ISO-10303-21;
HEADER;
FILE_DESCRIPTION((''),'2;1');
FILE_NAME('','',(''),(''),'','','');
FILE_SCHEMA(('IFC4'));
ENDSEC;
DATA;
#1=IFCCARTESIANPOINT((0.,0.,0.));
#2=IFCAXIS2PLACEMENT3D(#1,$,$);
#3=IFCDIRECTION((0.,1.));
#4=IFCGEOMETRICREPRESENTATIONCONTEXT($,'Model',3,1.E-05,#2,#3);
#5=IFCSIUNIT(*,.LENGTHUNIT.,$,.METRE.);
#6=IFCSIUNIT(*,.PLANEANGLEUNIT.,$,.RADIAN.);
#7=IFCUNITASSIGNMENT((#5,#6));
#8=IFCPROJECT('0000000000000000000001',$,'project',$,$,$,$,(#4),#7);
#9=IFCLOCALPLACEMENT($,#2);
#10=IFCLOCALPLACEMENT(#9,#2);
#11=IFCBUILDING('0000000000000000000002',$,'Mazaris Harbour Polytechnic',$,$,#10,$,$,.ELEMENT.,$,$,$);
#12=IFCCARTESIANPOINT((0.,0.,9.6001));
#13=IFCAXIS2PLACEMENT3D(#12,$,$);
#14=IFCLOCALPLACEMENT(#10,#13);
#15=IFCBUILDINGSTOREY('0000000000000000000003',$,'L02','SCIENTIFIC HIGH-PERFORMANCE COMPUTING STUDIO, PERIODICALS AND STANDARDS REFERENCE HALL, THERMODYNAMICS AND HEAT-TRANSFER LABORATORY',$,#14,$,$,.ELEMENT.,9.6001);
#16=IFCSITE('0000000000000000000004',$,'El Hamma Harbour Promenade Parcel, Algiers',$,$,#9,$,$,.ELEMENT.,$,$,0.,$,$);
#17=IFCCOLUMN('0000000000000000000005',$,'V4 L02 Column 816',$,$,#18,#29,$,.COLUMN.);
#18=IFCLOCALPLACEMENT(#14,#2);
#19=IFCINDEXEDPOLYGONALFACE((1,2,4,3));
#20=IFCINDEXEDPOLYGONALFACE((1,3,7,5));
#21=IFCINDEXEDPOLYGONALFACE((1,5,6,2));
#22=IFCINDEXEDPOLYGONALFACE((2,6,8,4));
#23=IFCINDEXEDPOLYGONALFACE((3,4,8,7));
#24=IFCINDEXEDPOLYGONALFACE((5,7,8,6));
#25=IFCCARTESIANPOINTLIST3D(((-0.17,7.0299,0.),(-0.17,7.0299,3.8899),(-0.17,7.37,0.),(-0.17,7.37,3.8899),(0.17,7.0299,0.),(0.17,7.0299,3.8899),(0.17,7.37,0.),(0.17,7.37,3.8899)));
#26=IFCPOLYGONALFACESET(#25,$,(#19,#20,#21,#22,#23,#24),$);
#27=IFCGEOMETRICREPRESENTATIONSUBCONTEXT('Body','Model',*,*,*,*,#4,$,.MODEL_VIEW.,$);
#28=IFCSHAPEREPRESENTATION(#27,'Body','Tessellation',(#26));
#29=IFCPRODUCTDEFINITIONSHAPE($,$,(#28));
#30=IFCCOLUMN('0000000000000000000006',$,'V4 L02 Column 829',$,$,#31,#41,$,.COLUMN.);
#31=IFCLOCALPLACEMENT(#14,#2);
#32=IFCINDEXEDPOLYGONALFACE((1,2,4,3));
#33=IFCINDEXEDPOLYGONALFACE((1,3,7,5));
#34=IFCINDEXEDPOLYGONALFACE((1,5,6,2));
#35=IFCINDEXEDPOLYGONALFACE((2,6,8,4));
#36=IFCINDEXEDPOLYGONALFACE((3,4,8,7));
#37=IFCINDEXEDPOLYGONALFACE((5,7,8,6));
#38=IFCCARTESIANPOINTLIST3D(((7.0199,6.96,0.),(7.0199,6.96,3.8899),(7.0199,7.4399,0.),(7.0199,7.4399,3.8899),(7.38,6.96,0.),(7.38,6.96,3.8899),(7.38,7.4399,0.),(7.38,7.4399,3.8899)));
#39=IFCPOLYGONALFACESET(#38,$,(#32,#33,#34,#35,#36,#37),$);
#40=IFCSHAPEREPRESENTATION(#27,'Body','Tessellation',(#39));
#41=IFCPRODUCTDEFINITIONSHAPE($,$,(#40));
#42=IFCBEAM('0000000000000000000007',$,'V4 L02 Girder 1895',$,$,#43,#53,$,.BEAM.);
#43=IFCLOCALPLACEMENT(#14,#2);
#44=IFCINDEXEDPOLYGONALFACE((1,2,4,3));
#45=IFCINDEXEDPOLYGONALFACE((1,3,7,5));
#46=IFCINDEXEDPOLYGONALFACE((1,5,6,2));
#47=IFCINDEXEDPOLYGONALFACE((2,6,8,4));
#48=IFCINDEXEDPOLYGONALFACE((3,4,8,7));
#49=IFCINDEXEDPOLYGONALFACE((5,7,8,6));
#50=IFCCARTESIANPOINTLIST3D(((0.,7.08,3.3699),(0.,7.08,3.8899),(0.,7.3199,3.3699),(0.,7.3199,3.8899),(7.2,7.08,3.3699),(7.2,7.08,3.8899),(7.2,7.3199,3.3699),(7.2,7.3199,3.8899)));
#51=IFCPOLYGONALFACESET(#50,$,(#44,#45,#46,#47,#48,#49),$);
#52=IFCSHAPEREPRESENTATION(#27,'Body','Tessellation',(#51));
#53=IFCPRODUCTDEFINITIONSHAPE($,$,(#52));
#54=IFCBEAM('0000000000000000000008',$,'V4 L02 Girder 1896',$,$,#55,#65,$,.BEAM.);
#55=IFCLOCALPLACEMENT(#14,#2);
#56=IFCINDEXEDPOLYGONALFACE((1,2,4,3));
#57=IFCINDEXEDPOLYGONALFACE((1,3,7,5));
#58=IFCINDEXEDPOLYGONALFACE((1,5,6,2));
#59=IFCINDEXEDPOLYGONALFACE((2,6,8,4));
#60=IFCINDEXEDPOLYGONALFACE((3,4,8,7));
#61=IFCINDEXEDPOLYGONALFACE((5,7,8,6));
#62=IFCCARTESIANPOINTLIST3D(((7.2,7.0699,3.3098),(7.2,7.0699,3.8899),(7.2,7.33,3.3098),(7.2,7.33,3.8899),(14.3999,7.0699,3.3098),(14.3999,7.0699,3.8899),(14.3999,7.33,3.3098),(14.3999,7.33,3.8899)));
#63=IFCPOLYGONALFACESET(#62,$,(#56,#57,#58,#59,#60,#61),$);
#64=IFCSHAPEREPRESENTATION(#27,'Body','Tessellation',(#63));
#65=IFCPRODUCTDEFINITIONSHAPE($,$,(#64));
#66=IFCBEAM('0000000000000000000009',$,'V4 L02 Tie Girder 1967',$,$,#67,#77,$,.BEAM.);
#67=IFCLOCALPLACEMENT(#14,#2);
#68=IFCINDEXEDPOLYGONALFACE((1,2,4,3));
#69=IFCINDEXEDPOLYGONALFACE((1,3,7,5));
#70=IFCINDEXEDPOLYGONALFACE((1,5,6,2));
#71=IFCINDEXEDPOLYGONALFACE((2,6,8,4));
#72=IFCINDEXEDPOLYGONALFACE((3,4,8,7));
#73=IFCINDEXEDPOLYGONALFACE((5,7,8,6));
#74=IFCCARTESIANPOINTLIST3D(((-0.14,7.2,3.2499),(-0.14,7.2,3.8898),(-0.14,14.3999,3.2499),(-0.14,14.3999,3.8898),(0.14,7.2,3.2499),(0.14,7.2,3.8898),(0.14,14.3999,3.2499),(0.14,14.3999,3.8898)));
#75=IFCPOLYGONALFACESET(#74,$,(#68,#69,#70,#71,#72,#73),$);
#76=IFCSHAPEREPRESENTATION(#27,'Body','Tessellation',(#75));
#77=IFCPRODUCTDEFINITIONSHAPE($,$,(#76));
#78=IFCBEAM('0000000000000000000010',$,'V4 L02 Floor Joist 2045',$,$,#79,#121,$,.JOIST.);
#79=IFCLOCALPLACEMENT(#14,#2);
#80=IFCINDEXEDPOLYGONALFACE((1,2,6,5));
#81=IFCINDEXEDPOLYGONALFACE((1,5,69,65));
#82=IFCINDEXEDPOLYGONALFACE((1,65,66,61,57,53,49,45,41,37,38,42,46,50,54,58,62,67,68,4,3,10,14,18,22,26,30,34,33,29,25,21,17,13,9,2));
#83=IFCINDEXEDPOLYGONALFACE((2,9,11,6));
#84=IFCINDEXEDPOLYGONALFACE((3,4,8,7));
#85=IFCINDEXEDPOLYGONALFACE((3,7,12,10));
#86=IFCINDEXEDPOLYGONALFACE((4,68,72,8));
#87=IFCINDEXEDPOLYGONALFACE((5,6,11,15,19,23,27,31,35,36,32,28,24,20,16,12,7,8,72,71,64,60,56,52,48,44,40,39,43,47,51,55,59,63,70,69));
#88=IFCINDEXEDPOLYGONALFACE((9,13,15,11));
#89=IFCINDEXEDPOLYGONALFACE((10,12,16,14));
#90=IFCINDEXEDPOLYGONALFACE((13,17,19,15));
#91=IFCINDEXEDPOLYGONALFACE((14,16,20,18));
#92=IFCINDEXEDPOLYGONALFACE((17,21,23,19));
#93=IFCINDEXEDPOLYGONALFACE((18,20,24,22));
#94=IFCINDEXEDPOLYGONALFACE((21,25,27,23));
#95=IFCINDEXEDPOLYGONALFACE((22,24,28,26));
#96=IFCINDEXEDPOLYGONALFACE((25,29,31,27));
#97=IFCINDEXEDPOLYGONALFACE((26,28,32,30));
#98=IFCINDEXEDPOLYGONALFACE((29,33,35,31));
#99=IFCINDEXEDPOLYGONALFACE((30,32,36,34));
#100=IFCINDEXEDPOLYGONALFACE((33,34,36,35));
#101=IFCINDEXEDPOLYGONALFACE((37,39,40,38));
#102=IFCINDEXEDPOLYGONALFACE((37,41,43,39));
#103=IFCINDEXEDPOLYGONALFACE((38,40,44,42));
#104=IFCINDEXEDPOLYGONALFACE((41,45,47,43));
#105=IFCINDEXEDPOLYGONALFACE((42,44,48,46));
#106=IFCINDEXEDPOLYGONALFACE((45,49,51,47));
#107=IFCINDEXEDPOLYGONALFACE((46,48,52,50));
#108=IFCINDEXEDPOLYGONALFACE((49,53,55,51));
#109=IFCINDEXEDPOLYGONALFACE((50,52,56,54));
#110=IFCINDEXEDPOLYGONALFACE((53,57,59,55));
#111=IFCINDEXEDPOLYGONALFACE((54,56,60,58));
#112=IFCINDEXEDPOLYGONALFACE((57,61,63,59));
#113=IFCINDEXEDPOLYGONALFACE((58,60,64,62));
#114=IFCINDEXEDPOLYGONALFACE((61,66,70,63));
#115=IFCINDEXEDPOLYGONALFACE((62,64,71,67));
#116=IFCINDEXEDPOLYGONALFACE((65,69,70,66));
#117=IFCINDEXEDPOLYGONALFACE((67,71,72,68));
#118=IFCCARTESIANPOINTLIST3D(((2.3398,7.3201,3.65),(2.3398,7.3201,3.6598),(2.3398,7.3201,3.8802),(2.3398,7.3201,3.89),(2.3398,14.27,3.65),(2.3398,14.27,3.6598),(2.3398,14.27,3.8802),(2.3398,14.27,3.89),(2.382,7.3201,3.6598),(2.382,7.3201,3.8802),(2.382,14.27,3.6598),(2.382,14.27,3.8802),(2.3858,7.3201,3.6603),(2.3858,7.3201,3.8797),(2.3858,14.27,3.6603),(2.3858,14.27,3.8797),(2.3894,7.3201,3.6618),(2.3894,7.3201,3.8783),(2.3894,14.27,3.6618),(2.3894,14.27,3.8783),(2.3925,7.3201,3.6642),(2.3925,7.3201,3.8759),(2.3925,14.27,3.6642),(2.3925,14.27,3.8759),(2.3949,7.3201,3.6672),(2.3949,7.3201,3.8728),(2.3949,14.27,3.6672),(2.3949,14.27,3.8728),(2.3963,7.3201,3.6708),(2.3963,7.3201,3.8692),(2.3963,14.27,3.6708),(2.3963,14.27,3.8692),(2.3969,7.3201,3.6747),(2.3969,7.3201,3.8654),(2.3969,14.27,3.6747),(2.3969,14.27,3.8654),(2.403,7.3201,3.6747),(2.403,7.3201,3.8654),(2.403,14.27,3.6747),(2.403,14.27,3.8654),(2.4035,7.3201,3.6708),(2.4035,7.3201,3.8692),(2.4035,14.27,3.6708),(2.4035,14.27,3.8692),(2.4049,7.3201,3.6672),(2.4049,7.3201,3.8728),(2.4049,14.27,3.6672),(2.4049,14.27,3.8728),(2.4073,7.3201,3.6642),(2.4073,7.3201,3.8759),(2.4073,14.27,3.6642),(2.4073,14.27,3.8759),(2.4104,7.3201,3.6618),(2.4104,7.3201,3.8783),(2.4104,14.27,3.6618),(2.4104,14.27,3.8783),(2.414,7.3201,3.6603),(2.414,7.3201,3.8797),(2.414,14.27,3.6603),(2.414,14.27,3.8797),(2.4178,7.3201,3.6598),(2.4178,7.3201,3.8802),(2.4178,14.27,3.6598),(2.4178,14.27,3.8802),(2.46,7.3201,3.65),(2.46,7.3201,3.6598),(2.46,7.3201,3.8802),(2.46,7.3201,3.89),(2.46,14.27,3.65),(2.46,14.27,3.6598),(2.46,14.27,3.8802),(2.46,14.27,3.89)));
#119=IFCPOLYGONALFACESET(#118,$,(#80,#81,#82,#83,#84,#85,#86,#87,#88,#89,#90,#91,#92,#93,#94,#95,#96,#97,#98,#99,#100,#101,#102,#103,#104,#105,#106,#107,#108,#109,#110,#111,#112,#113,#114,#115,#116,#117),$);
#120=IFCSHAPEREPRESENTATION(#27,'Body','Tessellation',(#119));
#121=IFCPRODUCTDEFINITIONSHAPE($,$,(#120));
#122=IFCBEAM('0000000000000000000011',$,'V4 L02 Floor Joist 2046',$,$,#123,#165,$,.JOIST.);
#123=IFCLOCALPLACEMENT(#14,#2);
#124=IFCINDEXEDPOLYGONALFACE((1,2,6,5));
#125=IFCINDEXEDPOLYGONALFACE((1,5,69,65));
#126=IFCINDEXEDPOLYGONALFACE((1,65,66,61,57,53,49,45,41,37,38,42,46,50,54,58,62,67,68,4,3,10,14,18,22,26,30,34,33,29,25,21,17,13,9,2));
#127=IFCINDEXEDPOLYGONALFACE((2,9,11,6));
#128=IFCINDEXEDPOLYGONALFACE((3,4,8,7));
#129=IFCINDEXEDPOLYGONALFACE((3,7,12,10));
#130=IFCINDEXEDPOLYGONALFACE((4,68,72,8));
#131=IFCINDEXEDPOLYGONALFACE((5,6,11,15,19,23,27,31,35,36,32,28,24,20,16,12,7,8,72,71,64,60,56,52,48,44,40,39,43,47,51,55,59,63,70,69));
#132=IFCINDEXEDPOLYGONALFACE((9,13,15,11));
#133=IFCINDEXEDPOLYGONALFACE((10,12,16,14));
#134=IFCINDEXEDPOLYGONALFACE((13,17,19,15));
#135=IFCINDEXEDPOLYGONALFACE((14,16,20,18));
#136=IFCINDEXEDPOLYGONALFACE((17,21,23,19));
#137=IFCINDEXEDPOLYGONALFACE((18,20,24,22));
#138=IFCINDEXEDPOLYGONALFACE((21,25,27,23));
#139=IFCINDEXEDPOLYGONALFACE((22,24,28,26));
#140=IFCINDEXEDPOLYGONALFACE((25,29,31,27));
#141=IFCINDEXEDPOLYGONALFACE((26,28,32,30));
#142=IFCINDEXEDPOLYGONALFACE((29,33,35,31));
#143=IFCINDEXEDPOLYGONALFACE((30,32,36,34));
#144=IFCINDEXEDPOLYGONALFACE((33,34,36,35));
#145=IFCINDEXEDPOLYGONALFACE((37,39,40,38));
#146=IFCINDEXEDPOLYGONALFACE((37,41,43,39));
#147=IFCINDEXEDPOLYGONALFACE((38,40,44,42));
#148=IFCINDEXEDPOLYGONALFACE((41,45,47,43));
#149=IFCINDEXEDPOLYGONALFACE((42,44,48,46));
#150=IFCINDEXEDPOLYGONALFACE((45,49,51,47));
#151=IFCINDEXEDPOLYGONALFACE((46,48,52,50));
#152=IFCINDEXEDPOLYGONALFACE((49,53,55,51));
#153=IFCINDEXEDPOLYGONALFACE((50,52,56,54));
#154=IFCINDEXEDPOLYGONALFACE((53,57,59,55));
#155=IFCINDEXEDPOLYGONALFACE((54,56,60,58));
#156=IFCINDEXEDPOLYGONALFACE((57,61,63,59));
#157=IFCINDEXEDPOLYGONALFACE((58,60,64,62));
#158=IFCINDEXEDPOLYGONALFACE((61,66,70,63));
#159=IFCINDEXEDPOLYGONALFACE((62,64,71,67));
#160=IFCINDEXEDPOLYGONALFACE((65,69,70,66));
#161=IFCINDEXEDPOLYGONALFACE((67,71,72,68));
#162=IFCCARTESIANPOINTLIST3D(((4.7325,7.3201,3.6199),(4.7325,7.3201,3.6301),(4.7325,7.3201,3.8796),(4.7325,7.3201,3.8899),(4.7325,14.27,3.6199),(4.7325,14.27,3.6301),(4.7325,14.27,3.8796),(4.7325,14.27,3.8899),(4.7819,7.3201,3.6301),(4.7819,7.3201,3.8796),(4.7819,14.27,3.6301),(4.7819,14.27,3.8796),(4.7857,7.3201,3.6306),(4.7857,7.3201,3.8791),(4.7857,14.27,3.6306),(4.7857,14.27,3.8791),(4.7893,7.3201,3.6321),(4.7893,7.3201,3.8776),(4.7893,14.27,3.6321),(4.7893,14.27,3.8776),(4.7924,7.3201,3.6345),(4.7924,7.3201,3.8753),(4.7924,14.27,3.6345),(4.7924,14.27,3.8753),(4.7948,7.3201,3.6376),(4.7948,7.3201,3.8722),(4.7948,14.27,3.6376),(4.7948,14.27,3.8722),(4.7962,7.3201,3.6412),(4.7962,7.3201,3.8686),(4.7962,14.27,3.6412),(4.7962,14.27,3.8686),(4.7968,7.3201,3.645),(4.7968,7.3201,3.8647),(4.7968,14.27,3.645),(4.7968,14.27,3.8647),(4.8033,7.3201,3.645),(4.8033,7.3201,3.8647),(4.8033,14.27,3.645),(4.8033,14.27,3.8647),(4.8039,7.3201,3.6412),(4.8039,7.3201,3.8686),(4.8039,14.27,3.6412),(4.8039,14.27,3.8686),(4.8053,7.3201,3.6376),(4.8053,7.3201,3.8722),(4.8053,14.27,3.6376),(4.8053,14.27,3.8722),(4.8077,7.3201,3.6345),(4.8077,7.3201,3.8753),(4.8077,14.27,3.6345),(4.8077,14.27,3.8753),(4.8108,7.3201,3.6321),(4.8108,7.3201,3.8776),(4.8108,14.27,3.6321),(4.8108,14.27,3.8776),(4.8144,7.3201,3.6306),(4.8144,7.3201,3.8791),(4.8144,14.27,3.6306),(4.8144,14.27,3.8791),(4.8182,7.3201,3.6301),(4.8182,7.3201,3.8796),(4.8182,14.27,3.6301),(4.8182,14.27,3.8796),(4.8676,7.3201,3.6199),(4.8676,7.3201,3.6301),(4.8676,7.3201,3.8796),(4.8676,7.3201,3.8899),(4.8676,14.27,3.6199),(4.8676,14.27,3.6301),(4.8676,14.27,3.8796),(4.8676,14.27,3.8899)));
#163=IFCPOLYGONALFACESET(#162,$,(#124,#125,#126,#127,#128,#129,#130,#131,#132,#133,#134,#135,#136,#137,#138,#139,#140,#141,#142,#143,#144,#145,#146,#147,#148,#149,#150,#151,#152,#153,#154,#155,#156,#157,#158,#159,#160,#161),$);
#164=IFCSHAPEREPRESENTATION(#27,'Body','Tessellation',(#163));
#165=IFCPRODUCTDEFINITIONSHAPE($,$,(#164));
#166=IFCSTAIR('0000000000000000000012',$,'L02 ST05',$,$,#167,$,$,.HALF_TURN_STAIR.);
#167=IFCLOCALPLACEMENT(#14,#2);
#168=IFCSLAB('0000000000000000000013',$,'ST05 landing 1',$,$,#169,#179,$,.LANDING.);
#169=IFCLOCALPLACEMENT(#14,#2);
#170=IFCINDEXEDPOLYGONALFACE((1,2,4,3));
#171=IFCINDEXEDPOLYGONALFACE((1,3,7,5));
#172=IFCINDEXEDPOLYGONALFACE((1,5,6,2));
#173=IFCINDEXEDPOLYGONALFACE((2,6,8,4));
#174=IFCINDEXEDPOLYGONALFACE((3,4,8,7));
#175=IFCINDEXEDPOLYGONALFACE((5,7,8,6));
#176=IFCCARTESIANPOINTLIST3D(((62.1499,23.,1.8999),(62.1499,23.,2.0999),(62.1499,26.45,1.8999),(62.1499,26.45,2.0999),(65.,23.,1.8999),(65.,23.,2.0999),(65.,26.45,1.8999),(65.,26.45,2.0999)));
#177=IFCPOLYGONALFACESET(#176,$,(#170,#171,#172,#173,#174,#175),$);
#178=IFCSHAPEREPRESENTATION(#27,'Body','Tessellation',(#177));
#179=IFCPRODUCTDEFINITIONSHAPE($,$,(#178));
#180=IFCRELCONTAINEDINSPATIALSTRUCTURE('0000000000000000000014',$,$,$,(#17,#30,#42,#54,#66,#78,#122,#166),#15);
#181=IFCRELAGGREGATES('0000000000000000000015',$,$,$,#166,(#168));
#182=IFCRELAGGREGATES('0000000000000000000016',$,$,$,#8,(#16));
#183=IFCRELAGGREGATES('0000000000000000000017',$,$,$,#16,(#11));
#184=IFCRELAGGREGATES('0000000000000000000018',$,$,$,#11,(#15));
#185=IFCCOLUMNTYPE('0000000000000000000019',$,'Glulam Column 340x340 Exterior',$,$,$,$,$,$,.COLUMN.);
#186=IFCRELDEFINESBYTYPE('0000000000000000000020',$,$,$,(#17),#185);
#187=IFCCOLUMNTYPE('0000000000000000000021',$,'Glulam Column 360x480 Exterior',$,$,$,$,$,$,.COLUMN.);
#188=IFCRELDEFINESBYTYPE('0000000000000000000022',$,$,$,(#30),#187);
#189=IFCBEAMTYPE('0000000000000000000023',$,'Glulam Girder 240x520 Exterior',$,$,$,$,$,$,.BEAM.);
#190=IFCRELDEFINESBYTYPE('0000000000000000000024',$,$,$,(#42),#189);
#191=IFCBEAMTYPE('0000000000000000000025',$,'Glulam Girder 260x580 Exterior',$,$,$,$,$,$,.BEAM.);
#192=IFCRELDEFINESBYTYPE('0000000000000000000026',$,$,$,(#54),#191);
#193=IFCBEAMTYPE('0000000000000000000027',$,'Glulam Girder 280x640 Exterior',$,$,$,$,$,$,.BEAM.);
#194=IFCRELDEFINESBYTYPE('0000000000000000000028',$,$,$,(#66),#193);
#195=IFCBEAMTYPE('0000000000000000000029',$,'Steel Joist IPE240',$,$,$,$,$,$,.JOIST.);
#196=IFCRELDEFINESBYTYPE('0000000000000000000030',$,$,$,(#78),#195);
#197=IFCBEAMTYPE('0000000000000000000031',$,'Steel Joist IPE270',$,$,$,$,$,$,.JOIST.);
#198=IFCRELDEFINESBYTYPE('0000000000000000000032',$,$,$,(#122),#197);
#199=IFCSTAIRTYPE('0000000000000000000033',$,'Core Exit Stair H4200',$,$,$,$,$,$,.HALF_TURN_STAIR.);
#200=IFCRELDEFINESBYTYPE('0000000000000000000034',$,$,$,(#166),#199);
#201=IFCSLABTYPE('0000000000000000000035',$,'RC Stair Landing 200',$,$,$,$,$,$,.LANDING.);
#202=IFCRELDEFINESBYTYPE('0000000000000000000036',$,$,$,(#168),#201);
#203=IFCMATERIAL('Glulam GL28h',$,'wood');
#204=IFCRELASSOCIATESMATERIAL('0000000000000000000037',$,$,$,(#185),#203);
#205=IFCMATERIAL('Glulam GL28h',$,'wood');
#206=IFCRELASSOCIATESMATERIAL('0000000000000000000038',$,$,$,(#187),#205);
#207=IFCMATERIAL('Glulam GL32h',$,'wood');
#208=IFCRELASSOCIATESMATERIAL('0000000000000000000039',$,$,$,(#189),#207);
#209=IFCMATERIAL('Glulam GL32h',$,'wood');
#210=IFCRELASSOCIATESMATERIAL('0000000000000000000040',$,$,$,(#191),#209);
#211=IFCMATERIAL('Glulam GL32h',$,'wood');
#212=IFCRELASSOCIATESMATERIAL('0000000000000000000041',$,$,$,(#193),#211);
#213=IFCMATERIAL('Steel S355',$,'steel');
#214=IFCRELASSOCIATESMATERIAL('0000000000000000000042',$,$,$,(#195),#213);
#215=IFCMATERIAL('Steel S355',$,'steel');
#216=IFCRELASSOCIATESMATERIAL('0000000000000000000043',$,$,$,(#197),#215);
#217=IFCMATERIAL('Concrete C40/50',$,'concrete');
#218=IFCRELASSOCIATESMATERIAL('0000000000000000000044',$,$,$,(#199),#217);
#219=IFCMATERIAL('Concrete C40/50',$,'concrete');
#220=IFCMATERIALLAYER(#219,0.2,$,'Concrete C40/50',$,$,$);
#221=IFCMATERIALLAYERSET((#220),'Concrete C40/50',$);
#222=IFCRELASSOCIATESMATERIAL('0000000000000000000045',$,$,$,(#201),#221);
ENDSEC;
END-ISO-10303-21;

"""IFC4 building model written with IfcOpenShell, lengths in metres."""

from ifc_helpers import new_model, si_unit, direction, frame, origin, origin_2d, place, context, subcontext, project, spatial, polyline, rectangle, i_section, outline, extrude, material, layer, layer_set, material_profile, profile_set, type_object, element, aggregate, save


model = new_model("IFC4")

# Units and contexts
model_context = context("Model", 3, precision=1e-05, world=origin(), true_north=direction((0.0, 1.0)))
body_context = subcontext(model_context, "Body", "Model", "MODEL_VIEW")
ifc_project = project(units=[si_unit("LENGTHUNIT", "METRE"), si_unit("PLANEANGLEUNIT", "RADIAN")], contexts=[model_context])

# Site, building, storey
site_placement = place(None, origin())
site = spatial("IfcSite", under=ifc_project, at=site_placement, Name="El Hamma Harbour Promenade Parcel, Algiers", CompositionType="ELEMENT", RefElevation=0.0)
building_placement = place(site_placement, origin())
building = spatial("IfcBuilding", under=site, at=building_placement, Name="Mazaris Harbour Polytechnic", CompositionType="ELEMENT")
storey_placement = place(building_placement, frame((0.0, 0.0, 9.6001)))
storey = spatial("IfcBuildingStorey", under=building, at=storey_placement, Name="L02", Description="SCIENTIFIC HIGH-PERFORMANCE COMPUTING STUDIO, PERIODICALS AND STANDARDS REFERENCE HALL, THERMODYNAMICS AND HEAT-TRANSFER LABORATORY", CompositionType="ELEMENT", Elevation=9.6001)

# Columns
ifc_material_1 = material(Name="Glulam GL28h", Category="wood")
ifc_material_profile_1 = material_profile(ifc_material_1, rectangle(XDim=0.3401, YDim=0.3401, at=origin_2d()), Name="RECT340x340")
ifc_profile_set_1 = profile_set([ifc_material_profile_1], Name="Glulam GL28h")
column_type_1 = type_object("IfcColumnType", Name="Glulam Column 340x340 Exterior", PredefinedType="COLUMN", material=ifc_profile_set_1)
column_1_placement = place(storey_placement, frame((0.0, 7.2, 0.0), z_axis=(0.0, 0.0, 1.0), x_axis=(1.0, 0.0, 0.0)))
element("IfcColumn", 1, at=column_1_placement, inside=storey, type_object=column_type_1, Name="V4 L02 Column 816", PredefinedType="COLUMN", context=body_context, shape_type="SweptSolid", body=[
    extrude(rectangle(XDim=0.3401, YDim=0.3401, at=origin_2d()), origin(), (0.0, 0.0, 1.0), 3.8899),
])
ifc_material_2 = material(Name="Glulam GL28h", Category="wood")
ifc_material_profile_2 = material_profile(ifc_material_2, rectangle(XDim=0.3601, YDim=0.48, at=origin_2d()), Name="RECT360x480")
ifc_profile_set_2 = profile_set([ifc_material_profile_2], Name="Glulam GL28h")
column_type_2 = type_object("IfcColumnType", Name="Glulam Column 360x480 Exterior", PredefinedType="COLUMN", material=ifc_profile_set_2)
column_2_placement = place(storey_placement, frame((7.2, 7.2, 0.0), z_axis=(0.0, 0.0, 1.0), x_axis=(1.0, 0.0, 0.0)))
element("IfcColumn", 2, at=column_2_placement, inside=storey, type_object=column_type_2, Name="V4 L02 Column 829", PredefinedType="COLUMN", context=body_context, shape_type="SweptSolid", body=[
    extrude(rectangle(XDim=0.3601, YDim=0.48, at=origin_2d()), origin(), (0.0, 0.0, 1.0), 3.8899),
])

# Beams
ifc_material_3 = material(Name="Glulam GL32h", Category="wood")
ifc_material_profile_3 = material_profile(ifc_material_3, rectangle(XDim=0.24, YDim=0.52, at=origin_2d()), Name="RECT240x520")
ifc_profile_set_3 = profile_set([ifc_material_profile_3], Name="Glulam GL32h")
beam_type_1 = type_object("IfcBeamType", Name="Glulam Girder 240x520 Exterior", PredefinedType="BEAM", material=ifc_profile_set_3)
beam_1_placement = place(storey_placement, frame((0.0, 7.2, 3.6299), z_axis=(1.0, 0.0, 0.0), x_axis=(0.0, 1.0, 0.0)))
element("IfcBeam", 3, at=beam_1_placement, inside=storey, type_object=beam_type_1, Name="V4 L02 Girder 1895", PredefinedType="BEAM", context=body_context, shape_type="SweptSolid", body=[
    extrude(rectangle(XDim=0.24, YDim=0.52, at=origin_2d()), origin(), (0.0, 0.0, 1.0), 7.2),
])
ifc_material_4 = material(Name="Glulam GL32h", Category="wood")
ifc_material_profile_4 = material_profile(ifc_material_4, rectangle(XDim=0.26, YDim=0.5801, at=origin_2d()), Name="RECT260x580")
ifc_profile_set_4 = profile_set([ifc_material_profile_4], Name="Glulam GL32h")
beam_type_2 = type_object("IfcBeamType", Name="Glulam Girder 260x580 Exterior", PredefinedType="BEAM", material=ifc_profile_set_4)
beam_2_placement = place(storey_placement, frame((7.2, 7.2, 3.5999), z_axis=(1.0, 0.0, 0.0), x_axis=(0.0, 1.0, 0.0)))
element("IfcBeam", 4, at=beam_2_placement, inside=storey, type_object=beam_type_2, Name="V4 L02 Girder 1896", PredefinedType="BEAM", context=body_context, shape_type="SweptSolid", body=[
    extrude(rectangle(XDim=0.26, YDim=0.5801, at=origin_2d()), origin(), (0.0, 0.0, 1.0), 7.2),
])
ifc_material_5 = material(Name="Glulam GL32h", Category="wood")
ifc_material_profile_5 = material_profile(ifc_material_5, rectangle(XDim=0.28, YDim=0.6399, at=origin_2d()), Name="RECT280x640")
ifc_profile_set_5 = profile_set([ifc_material_profile_5], Name="Glulam GL32h")
beam_type_3 = type_object("IfcBeamType", Name="Glulam Girder 280x640 Exterior", PredefinedType="BEAM", material=ifc_profile_set_5)
beam_3_placement = place(storey_placement, frame((0.0, 7.2, 3.5698), z_axis=(0.0, 1.0, 0.0), x_axis=(-1.0, 0.0, 0.0)))
element("IfcBeam", 5, at=beam_3_placement, inside=storey, type_object=beam_type_3, Name="V4 L02 Tie Girder 1967", PredefinedType="BEAM", context=body_context, shape_type="SweptSolid", body=[
    extrude(rectangle(XDim=0.28, YDim=0.6399, at=origin_2d()), origin(), (0.0, 0.0, 1.0), 7.2),
])
ifc_material_6 = material(Name="Steel S355", Category="steel")
ifc_material_profile_6 = material_profile(ifc_material_6, i_section(OverallWidth=0.1201, OverallDepth=0.24, WebThickness=0.0061, FlangeThickness=0.0098, FilletRadius=0.0149, at=origin_2d()), Name="IPE 240")
ifc_profile_set_6 = profile_set([ifc_material_profile_6], Name="Steel S355")
beam_type_4 = type_object("IfcBeamType", Name="Steel Joist IPE240", PredefinedType="JOIST", material=ifc_profile_set_6)
beam_4_placement = place(storey_placement, frame((2.3999, 7.3201, 3.77), z_axis=(0.0, 1.0, 0.0), x_axis=(-1.0, 0.0, 0.0)))
element("IfcBeam", 6, at=beam_4_placement, inside=storey, type_object=beam_type_4, Name="V4 L02 Floor Joist 2045", PredefinedType="JOIST", context=body_context, shape_type="SweptSolid", body=[
    extrude(i_section(OverallWidth=0.1201, OverallDepth=0.24, WebThickness=0.0061, FlangeThickness=0.0098, FilletRadius=0.0149, at=origin_2d()), origin(), (0.0, 0.0, 1.0), 6.95),
])
ifc_material_7 = material(Name="Steel S355", Category="steel")
ifc_material_profile_7 = material_profile(ifc_material_7, i_section(OverallWidth=0.135, OverallDepth=0.27, WebThickness=0.0066, FlangeThickness=0.0103, FilletRadius=0.0149, at=origin_2d()), Name="IPE 270")
ifc_profile_set_7 = profile_set([ifc_material_profile_7], Name="Steel S355")
beam_type_5 = type_object("IfcBeamType", Name="Steel Joist IPE270", PredefinedType="JOIST", material=ifc_profile_set_7)
beam_5_placement = place(storey_placement, frame((4.8, 7.3201, 3.7549), z_axis=(0.0, 1.0, 0.0), x_axis=(-1.0, 0.0, 0.0)))
element("IfcBeam", 7, at=beam_5_placement, inside=storey, type_object=beam_type_5, Name="V4 L02 Floor Joist 2046", PredefinedType="JOIST", context=body_context, shape_type="SweptSolid", body=[
    extrude(i_section(OverallWidth=0.135, OverallDepth=0.27, WebThickness=0.0066, FlangeThickness=0.0103, FilletRadius=0.0149, at=origin_2d()), origin(), (0.0, 0.0, 1.0), 6.95),
])

# Stair, slab
ifc_material_8 = material(Name="Concrete C40/50", Category="concrete")
stair_type = type_object("IfcStairType", Name="Core Exit Stair H4200", PredefinedType="HALF_TURN_STAIR", material=ifc_material_8)
stair_1_placement = place(storey_placement, origin())
stair_1 = element("IfcStair", 8, at=stair_1_placement, inside=storey, type_object=stair_type, Name="L02 ST05", PredefinedType="HALF_TURN_STAIR")
ifc_material_9 = material(Name="Concrete C40/50", Category="concrete")
ifc_layer_1 = layer(ifc_material_9, 0.2, Name="Concrete C40/50")
ifc_layer_set_1 = layer_set([ifc_layer_1], Name="Concrete C40/50")
slab_type = type_object("IfcSlabType", Name="RC Stair Landing 200", PredefinedType="LANDING", material=ifc_layer_set_1)
slab_1_placement = place(storey_placement, frame((0.0, 0.0, 1.8999)))
slab_1 = element("IfcSlab", 9, at=slab_1_placement, type_object=slab_type, Name="ST05 landing 1", PredefinedType="LANDING", context=body_context, shape_type="SweptSolid", body=[
    extrude(outline(polyline([(62.1499, 23.0), (65.0, 23.0), (65.0, 26.45), (62.1499, 26.45), (62.1499, 23.0)])), origin(), (0.0, 0.0, 1.0), 0.2),
])
aggregate(stair_1, [slab_1])

save(model, "model.ifc")
